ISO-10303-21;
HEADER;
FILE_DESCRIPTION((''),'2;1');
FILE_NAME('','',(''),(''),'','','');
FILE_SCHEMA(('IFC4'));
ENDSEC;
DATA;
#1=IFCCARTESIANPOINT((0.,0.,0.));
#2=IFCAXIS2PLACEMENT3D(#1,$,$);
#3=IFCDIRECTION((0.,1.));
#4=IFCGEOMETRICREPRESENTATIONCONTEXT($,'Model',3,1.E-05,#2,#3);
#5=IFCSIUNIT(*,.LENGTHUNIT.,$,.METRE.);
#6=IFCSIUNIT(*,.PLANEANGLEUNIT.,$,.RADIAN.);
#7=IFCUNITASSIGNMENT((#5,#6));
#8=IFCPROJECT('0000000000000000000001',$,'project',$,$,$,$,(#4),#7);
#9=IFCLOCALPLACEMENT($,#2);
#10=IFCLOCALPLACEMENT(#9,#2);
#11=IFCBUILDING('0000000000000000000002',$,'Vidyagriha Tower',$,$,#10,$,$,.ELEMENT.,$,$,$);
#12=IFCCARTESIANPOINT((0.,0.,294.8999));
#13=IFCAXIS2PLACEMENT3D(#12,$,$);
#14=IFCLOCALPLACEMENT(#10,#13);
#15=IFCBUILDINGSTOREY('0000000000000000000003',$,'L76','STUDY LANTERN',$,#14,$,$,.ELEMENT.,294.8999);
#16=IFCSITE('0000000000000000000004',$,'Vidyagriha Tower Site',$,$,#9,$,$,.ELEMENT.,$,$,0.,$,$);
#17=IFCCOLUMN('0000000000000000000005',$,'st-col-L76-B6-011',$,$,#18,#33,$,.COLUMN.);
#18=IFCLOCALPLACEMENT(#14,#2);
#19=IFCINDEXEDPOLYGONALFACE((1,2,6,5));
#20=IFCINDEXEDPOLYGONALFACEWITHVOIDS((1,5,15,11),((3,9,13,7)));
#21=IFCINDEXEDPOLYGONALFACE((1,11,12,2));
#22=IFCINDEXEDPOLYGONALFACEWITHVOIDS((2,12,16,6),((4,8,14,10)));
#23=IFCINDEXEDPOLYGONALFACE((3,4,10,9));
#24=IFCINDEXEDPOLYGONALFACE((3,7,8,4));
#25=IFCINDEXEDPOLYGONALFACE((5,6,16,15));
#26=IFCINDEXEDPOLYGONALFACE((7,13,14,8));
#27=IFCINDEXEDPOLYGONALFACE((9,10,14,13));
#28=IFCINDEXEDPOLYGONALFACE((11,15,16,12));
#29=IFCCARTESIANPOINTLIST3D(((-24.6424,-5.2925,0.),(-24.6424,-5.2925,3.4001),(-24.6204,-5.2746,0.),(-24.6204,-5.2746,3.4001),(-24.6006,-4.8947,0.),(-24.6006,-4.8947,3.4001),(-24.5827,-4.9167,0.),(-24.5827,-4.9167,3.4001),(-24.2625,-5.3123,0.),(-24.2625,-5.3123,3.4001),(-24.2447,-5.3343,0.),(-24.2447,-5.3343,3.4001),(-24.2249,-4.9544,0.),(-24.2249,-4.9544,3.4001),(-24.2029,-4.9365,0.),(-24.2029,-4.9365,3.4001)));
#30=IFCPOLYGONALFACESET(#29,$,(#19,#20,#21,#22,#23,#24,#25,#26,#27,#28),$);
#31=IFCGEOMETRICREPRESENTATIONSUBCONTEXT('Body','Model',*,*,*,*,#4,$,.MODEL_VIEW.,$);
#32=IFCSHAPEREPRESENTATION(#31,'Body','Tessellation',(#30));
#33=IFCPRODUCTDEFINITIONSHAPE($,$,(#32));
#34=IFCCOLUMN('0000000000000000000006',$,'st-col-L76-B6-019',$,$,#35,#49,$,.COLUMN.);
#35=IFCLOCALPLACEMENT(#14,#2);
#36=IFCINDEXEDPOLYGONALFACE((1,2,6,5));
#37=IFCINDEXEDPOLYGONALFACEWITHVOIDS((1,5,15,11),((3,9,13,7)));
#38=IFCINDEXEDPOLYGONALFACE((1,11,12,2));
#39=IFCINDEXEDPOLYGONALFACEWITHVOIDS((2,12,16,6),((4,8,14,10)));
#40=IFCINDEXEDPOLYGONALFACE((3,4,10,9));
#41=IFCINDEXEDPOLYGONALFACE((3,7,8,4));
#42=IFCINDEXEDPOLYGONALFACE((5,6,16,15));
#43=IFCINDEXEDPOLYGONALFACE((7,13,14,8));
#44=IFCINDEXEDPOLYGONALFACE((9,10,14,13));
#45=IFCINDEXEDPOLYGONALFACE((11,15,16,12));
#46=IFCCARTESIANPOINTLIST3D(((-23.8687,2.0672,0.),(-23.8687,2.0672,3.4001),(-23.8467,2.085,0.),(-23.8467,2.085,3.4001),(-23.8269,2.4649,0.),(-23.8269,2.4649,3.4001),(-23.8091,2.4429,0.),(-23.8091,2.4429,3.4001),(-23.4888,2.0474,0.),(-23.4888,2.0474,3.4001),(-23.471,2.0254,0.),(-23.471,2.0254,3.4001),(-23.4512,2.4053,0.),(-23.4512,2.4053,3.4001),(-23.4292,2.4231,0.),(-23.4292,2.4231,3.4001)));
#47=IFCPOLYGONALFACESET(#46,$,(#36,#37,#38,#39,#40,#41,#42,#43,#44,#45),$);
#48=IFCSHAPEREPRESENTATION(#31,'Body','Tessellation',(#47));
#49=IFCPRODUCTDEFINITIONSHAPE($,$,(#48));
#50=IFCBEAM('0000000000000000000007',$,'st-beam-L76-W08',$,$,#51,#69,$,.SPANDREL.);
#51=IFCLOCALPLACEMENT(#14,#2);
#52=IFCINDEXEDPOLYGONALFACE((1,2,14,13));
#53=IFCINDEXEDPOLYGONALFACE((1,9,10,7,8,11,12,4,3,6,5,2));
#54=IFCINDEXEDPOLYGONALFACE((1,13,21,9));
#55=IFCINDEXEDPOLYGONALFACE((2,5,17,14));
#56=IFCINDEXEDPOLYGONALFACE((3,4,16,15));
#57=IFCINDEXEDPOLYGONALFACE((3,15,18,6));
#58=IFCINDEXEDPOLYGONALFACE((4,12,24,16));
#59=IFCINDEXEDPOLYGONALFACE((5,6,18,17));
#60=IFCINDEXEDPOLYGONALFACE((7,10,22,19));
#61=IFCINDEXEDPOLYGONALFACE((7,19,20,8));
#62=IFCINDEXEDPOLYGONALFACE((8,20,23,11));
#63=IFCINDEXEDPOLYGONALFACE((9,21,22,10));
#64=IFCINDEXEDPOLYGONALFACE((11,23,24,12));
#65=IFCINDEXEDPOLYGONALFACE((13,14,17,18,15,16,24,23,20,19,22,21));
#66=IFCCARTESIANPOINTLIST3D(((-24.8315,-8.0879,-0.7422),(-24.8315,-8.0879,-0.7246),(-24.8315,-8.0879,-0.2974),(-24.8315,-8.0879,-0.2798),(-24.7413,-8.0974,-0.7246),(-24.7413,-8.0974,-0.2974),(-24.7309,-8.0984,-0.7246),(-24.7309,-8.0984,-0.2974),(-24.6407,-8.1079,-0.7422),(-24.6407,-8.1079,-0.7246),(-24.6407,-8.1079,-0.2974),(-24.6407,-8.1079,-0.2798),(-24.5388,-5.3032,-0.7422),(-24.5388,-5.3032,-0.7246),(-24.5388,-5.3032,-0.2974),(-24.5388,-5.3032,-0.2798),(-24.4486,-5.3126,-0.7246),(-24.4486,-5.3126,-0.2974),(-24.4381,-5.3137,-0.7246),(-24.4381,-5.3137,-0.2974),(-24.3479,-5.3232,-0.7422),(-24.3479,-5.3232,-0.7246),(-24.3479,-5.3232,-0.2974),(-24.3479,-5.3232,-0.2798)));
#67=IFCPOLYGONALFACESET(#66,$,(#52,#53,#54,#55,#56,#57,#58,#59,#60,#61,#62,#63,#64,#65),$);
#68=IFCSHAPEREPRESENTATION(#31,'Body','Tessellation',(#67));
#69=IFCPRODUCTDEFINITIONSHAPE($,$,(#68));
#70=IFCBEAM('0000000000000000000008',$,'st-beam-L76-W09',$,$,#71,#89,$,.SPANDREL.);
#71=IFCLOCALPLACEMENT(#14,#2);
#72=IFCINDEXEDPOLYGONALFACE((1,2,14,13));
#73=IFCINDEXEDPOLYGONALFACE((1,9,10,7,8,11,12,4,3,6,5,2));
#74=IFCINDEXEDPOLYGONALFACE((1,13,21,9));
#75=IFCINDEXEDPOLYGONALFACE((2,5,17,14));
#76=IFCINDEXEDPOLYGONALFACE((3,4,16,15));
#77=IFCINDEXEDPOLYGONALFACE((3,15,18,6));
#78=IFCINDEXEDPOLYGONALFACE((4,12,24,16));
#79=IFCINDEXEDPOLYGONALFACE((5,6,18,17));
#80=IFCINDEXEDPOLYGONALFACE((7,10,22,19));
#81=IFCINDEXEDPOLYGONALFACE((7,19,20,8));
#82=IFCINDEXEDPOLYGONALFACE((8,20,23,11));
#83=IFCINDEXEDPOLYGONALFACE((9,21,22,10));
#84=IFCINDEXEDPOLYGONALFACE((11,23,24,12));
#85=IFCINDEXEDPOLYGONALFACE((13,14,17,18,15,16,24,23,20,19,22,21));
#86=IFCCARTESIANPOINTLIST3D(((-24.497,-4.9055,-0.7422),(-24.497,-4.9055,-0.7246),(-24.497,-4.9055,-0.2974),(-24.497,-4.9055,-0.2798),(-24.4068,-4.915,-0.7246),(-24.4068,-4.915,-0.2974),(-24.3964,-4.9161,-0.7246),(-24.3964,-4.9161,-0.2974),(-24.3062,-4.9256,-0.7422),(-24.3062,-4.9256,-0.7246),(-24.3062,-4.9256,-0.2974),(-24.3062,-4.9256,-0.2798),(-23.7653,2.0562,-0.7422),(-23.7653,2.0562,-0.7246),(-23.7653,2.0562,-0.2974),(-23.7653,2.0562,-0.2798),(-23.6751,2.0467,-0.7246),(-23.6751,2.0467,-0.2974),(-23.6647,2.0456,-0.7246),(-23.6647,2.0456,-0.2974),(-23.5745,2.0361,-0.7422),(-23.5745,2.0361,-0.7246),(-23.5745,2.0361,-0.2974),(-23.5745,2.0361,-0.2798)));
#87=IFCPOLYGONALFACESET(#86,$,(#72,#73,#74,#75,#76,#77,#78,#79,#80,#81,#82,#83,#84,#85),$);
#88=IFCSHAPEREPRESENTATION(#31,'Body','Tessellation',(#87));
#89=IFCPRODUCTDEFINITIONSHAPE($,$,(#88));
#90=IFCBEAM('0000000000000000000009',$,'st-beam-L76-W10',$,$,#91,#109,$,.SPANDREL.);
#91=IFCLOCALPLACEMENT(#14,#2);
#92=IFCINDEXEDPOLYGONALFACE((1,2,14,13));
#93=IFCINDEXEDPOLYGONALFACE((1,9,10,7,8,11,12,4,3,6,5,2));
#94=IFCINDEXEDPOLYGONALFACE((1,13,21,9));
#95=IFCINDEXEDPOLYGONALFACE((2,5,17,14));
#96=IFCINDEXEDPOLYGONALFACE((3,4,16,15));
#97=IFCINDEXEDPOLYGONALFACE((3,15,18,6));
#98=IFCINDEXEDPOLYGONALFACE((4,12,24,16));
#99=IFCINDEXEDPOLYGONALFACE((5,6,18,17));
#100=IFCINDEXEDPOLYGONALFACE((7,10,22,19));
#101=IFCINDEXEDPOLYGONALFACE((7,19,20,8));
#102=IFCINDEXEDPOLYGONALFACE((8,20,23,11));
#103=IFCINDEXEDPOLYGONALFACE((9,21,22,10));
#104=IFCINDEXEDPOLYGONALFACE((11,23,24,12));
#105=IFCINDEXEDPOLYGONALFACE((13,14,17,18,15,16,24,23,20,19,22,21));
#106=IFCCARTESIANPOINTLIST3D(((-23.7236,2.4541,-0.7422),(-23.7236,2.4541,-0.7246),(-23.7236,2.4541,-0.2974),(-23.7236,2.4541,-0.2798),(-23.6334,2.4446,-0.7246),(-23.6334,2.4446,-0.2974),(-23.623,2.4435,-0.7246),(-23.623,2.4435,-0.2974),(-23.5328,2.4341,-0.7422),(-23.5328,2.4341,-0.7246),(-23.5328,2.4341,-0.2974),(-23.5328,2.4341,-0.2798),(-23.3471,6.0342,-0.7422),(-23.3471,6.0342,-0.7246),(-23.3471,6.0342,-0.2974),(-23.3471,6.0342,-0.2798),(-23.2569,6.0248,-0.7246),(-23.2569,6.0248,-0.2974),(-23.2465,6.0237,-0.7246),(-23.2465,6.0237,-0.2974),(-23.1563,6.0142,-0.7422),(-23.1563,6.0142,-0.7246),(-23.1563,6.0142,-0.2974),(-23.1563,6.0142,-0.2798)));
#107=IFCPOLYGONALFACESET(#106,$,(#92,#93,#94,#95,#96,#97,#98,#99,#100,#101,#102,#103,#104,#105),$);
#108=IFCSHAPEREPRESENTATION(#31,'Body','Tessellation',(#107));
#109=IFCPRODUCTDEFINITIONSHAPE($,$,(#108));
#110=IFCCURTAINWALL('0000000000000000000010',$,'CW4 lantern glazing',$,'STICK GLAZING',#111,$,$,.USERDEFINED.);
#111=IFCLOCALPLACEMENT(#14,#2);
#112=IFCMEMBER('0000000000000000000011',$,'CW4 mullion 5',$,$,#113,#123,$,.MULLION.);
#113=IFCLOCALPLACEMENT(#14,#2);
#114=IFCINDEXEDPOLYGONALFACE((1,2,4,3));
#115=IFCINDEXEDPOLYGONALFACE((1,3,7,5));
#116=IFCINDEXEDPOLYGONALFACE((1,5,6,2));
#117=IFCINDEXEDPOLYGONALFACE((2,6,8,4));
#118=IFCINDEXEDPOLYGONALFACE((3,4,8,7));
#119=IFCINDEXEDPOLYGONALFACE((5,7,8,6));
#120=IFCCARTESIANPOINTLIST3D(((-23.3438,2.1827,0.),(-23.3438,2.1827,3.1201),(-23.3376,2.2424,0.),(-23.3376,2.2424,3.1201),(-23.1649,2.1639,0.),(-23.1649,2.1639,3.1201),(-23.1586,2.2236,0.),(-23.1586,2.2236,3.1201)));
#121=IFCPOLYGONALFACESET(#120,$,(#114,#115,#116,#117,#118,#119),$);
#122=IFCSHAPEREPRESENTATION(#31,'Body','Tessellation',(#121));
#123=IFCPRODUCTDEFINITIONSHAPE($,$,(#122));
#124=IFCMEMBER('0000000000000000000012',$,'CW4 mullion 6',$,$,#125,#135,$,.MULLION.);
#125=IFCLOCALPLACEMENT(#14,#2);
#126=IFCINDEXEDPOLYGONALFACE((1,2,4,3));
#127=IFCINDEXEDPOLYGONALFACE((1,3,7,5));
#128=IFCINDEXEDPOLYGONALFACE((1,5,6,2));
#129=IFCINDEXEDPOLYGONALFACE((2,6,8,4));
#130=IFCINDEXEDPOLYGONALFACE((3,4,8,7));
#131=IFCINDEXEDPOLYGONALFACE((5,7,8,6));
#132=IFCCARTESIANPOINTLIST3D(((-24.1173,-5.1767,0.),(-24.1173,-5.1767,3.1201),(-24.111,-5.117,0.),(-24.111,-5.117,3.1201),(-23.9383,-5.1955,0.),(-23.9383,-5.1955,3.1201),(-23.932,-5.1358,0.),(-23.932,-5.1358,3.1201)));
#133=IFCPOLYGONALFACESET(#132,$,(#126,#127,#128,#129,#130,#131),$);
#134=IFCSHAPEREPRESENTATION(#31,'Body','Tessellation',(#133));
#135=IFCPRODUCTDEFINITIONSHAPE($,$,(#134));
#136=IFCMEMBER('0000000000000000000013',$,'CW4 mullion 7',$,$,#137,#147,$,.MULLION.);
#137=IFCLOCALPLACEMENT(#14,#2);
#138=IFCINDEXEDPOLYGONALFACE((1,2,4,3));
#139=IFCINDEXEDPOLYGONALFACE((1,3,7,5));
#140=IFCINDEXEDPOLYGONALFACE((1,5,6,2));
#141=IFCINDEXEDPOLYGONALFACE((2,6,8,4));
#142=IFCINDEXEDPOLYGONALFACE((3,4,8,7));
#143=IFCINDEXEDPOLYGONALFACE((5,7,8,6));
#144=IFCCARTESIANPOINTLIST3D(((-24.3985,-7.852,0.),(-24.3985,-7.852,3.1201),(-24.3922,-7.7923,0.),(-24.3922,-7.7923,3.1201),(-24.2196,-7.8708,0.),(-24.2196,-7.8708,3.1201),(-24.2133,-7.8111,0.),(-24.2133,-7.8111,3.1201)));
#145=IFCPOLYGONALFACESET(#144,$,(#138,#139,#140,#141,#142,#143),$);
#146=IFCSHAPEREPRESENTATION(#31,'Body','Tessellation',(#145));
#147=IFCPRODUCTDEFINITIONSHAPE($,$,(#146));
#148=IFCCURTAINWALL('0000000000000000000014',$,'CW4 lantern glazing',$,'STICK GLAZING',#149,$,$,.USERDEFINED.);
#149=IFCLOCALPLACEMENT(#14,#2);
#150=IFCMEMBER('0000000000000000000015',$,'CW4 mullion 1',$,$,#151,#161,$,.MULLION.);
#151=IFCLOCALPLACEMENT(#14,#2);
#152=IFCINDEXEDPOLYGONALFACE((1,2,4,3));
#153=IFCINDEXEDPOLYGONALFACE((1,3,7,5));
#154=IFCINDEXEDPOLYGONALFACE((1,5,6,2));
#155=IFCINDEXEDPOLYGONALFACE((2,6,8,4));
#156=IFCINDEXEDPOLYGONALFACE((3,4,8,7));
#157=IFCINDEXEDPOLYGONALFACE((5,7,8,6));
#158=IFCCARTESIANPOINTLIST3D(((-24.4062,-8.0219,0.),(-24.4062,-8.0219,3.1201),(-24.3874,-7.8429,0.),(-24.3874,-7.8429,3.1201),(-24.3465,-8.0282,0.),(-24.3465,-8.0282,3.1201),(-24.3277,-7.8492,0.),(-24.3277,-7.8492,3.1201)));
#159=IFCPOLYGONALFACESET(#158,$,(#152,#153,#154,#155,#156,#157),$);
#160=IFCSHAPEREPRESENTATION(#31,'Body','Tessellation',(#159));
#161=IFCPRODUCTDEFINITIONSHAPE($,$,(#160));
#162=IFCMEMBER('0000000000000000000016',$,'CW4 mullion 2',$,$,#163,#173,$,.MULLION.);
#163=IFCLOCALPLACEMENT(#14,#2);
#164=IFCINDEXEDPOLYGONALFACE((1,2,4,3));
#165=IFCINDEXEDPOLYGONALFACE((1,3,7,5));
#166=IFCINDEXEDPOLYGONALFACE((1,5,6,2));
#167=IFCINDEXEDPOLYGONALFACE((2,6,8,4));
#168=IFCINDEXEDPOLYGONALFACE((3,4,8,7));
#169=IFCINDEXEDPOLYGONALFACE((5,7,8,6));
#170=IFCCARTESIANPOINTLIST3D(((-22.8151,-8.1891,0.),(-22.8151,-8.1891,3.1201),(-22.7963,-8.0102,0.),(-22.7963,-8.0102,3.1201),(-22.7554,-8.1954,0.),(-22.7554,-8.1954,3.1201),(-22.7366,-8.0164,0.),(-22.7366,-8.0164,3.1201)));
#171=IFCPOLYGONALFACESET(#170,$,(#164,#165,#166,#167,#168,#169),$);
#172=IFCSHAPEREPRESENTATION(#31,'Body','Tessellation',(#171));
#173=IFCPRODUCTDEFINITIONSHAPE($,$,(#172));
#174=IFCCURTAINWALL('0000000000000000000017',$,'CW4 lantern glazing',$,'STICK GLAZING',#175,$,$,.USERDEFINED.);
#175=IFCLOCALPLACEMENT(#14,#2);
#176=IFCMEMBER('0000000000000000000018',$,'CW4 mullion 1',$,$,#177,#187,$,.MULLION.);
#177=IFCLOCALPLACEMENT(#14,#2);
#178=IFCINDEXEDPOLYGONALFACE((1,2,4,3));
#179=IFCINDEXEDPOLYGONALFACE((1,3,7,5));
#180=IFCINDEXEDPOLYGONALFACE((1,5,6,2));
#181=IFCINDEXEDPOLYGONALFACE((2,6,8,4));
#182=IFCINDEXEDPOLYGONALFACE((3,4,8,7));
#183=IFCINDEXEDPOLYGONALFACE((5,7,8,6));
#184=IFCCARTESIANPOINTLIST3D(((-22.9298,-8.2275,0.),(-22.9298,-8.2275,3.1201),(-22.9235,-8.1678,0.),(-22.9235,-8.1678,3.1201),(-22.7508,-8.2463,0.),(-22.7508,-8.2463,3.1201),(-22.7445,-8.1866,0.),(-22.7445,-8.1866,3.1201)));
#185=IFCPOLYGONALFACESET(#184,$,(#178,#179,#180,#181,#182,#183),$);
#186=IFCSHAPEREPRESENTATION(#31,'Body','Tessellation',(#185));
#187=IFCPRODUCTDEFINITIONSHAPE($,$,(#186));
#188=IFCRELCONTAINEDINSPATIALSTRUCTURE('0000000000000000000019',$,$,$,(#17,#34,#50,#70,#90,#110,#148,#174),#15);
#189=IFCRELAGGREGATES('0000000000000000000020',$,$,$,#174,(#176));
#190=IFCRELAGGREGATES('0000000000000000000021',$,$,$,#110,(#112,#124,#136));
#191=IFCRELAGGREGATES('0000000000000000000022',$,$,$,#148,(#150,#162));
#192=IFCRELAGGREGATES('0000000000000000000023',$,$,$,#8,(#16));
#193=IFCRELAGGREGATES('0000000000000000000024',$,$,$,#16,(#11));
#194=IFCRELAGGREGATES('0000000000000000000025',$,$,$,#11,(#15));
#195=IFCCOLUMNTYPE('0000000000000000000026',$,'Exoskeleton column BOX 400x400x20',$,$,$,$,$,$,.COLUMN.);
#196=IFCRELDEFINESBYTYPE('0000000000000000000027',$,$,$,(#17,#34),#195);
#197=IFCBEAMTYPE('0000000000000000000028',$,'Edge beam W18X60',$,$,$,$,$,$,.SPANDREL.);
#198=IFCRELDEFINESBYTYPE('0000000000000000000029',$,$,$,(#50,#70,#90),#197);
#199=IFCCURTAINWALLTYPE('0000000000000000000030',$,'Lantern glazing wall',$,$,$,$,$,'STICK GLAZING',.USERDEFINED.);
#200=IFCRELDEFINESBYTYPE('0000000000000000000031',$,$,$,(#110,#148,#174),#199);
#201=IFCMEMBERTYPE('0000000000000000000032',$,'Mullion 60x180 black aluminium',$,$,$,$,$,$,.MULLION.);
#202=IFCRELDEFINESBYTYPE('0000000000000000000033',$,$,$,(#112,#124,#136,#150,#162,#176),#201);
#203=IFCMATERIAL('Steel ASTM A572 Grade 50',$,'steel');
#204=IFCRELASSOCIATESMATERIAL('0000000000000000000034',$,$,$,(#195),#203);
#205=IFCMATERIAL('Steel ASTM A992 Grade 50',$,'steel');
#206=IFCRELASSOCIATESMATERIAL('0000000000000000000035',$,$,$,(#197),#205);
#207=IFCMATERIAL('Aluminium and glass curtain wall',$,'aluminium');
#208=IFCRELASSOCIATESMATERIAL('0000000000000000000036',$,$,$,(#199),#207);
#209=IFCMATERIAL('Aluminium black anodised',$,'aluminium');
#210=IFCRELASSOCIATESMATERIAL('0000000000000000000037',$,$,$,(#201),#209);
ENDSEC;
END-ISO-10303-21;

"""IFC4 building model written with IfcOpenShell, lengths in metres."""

from ifc_helpers import new_model, si_unit, direction, frame, origin, origin_2d, place, context, subcontext, project, spatial, rectangle, hollow_rectangle, i_section, extrude, material, material_profile, profile_set, type_object, element, aggregate, save


model = new_model("IFC4")

# Units and contexts
model_context = context("Model", 3, precision=1e-05, world=origin(), true_north=direction((0.0, 1.0)))
body_context = subcontext(model_context, "Body", "Model", "MODEL_VIEW")
ifc_project = project(units=[si_unit("LENGTHUNIT", "METRE"), si_unit("PLANEANGLEUNIT", "RADIAN")], contexts=[model_context])

# Site, building, storey
site_placement = place(None, origin())
site = spatial("IfcSite", under=ifc_project, at=site_placement, Name="Vidyagriha Tower Site", CompositionType="ELEMENT", RefElevation=0.0)
building_placement = place(site_placement, origin())
building = spatial("IfcBuilding", under=site, at=building_placement, Name="Vidyagriha Tower", CompositionType="ELEMENT")
storey_placement = place(building_placement, frame((0.0, 0.0, 294.8999)))
storey = spatial("IfcBuildingStorey", under=building, at=storey_placement, Name="L76", Description="STUDY LANTERN", CompositionType="ELEMENT", Elevation=294.8999)

# Columns
ifc_material_1 = material(Name="Steel ASTM A572 Grade 50", Category="steel")
ifc_material_profile_1 = material_profile(ifc_material_1, hollow_rectangle(XDim=0.3999, YDim=0.3999, WallThickness=0.02, at=origin_2d()), Name="BOX 400x400x20")
ifc_profile_set_1 = profile_set([ifc_material_profile_1], Name="Steel ASTM A572 Grade 50")
column_type = type_object("IfcColumnType", Name="Exoskeleton column BOX 400x400x20", PredefinedType="COLUMN", material=ifc_profile_set_1)
for number, where, z_axis, x_axis, name in (
    (1, (-24.4226, -5.1145, 0.0), (0.0, 0.0, 1.0), (0.994522, -0.104528, 0.0), "st-col-L76-B6-011"),
    (2, (-23.6489, 2.2451, 0.0), (0.0, 0.0, 1.0), (0.994522, -0.104528, 0.0), "st-col-L76-B6-019"),
):
    element("IfcColumn", number, at=place(storey_placement, frame(where, z_axis=z_axis, x_axis=x_axis)), inside=storey, type_object=column_type, Name=name, PredefinedType="COLUMN", context=body_context, shape_type="SweptSolid", body=[
        extrude(hollow_rectangle(XDim=0.3999, YDim=0.3999, WallThickness=0.02, at=origin_2d()), origin(), (0.0, 0.0, 1.0), 3.4001),
    ])

# Beams
ifc_material_2 = material(Name="Steel ASTM A992 Grade 50", Category="steel")
ifc_material_profile_2 = material_profile(ifc_material_2, i_section(OverallWidth=0.1919, OverallDepth=0.4624, WebThickness=0.0105, FlangeThickness=0.0176, at=origin_2d()), Name="W18X60")
ifc_profile_set_2 = profile_set([ifc_material_profile_2], Name="Steel ASTM A992 Grade 50")
beam_type = type_object("IfcBeamType", Name="Edge beam W18X60", PredefinedType="SPANDREL", material=ifc_profile_set_2)
beam_1_placement = place(storey_placement, frame((-24.7361, -8.0979, -0.511), z_axis=(0.104544, 0.99452, 0.0), x_axis=(-0.99452, 0.104544, 0.0)))
element("IfcBeam", 3, at=beam_1_placement, inside=storey, type_object=beam_type, Name="st-beam-L76-W08", PredefinedType="SPANDREL", context=body_context, shape_type="SweptSolid", body=[
    extrude(i_section(OverallWidth=0.1919, OverallDepth=0.4624, WebThickness=0.0105, FlangeThickness=0.0176, at=origin_2d()), origin(), (0.0, 0.0, 1.0), 2.8),
])
beam_2_placement = place(storey_placement, frame((-24.4016, -4.9155, -0.511), z_axis=(0.104527, 0.994522, 0.0), x_axis=(-0.994522, 0.104527, 0.0)))
element("IfcBeam", 4, at=beam_2_placement, inside=storey, type_object=beam_type, Name="st-beam-L76-W09", PredefinedType="SPANDREL", context=body_context, shape_type="SweptSolid", body=[
    extrude(i_section(OverallWidth=0.1919, OverallDepth=0.4624, WebThickness=0.0105, FlangeThickness=0.0176, at=origin_2d()), origin(), (0.0, 0.0, 1.0), 7.0),
])
beam_3_placement = place(storey_placement, frame((-23.6282, 2.4441, -0.511), z_axis=(0.104579, 0.994517, 0.0), x_axis=(-0.994517, 0.104579, 0.0)))
element("IfcBeam", 5, at=beam_3_placement, inside=storey, type_object=beam_type, Name="st-beam-L76-W10", PredefinedType="SPANDREL", context=body_context, shape_type="SweptSolid", body=[
    extrude(i_section(OverallWidth=0.1919, OverallDepth=0.4624, WebThickness=0.0105, FlangeThickness=0.0176, at=origin_2d()), origin(), (0.0, 0.0, 1.0), 3.5999),
])

# Curtain walls, members
ifc_material_3 = material(Name="Aluminium and glass curtain wall", Category="aluminium")
curtain_wall_type = type_object("IfcCurtainWallType", Name="Lantern glazing wall", ElementType="STICK GLAZING", PredefinedType="USERDEFINED", material=ifc_material_3)
curtain_wall_1_placement = place(storey_placement, origin())
curtain_wall_1 = element("IfcCurtainWall", 6, at=curtain_wall_1_placement, inside=storey, type_object=curtain_wall_type, Name="CW4 lantern glazing", ObjectType="STICK GLAZING", PredefinedType="USERDEFINED")
ifc_material_4 = material(Name="Aluminium black anodised", Category="aluminium")
ifc_material_profile_3 = material_profile(ifc_material_4, rectangle(XDim=0.1799, YDim=0.0601, at=origin_2d()), Name="Mullion 60x180 black aluminium")
ifc_profile_set_3 = profile_set([ifc_material_profile_3], Name="Aluminium black anodised")
member_type_1 = type_object("IfcMemberType", Name="Mullion 60x180 black aluminium", PredefinedType="MULLION", material=ifc_profile_set_3)
member_1_placement = place(storey_placement, frame((-23.2512, 2.2031, 0.0), z_axis=(0.0, 0.0, 1.0), x_axis=(0.994522, -0.104527, 0.0)))
member_1 = element("IfcMember", 7, at=member_1_placement, type_object=member_type_1, Name="CW4 mullion 5", PredefinedType="MULLION", context=body_context, shape_type="SweptSolid", body=[
    extrude(rectangle(XDim=0.1799, YDim=0.0601, at=origin_2d()), origin(), (0.0, 0.0, 1.0), 3.1201),
])
member_2_placement = place(storey_placement, frame((-24.0247, -5.1562, 0.0), z_axis=(0.0, 0.0, 1.0), x_axis=(0.994522, -0.104527, 0.0)))
member_2 = element("IfcMember", 8, at=member_2_placement, type_object=member_type_1, Name="CW4 mullion 6", PredefinedType="MULLION", context=body_context, shape_type="SweptSolid", body=[
    extrude(rectangle(XDim=0.1799, YDim=0.0601, at=origin_2d()), origin(), (0.0, 0.0, 1.0), 3.1201),
])
member_3_placement = place(storey_placement, frame((-24.3059, -7.8315, 0.0), z_axis=(0.0, 0.0, 1.0), x_axis=(0.994522, -0.104527, 0.0)))
member_3 = element("IfcMember", 9, at=member_3_placement, type_object=member_type_1, Name="CW4 mullion 7", PredefinedType="MULLION", context=body_context, shape_type="SweptSolid", body=[
    extrude(rectangle(XDim=0.1799, YDim=0.0601, at=origin_2d()), origin(), (0.0, 0.0, 1.0), 3.1201),
])
curtain_wall_2_placement = place(storey_placement, origin())
curtain_wall_2 = element("IfcCurtainWall", 10, at=curtain_wall_2_placement, inside=storey, type_object=curtain_wall_type, Name="CW4 lantern glazing", ObjectType="STICK GLAZING", PredefinedType="USERDEFINED")
member_4_placement = place(storey_placement, frame((-24.3669, -7.9355, 0.0), z_axis=(0.0, 0.0, 1.0), x_axis=(0.104519, 0.994523, 0.0)))
member_4 = element("IfcMember", 11, at=member_4_placement, type_object=member_type_1, Name="CW4 mullion 1", PredefinedType="MULLION", context=body_context, shape_type="SweptSolid", body=[
    extrude(rectangle(XDim=0.1799, YDim=0.0601, at=origin_2d()), origin(), (0.0, 0.0, 1.0), 3.1201),
])
member_5_placement = place(storey_placement, frame((-22.7759, -8.1028, 0.0), z_axis=(0.0, 0.0, 1.0), x_axis=(0.104519, 0.994523, 0.0)))
member_5 = element("IfcMember", 12, at=member_5_placement, type_object=member_type_1, Name="CW4 mullion 2", PredefinedType="MULLION", context=body_context, shape_type="SweptSolid", body=[
    extrude(rectangle(XDim=0.1799, YDim=0.0601, at=origin_2d()), origin(), (0.0, 0.0, 1.0), 3.1201),
])

# Curtain wall, member
curtain_wall_3_placement = place(storey_placement, origin())
curtain_wall_3 = element("IfcCurtainWall", 13, at=curtain_wall_3_placement, inside=storey, type_object=curtain_wall_type, Name="CW4 lantern glazing", ObjectType="STICK GLAZING", PredefinedType="USERDEFINED")
member_6_placement = place(storey_placement, frame((-22.8372, -8.207, 0.0), z_axis=(0.0, 0.0, 1.0), x_axis=(0.994519, -0.104557, 0.0)))
member_6 = element("IfcMember", 14, at=member_6_placement, type_object=member_type_1, Name="CW4 mullion 1", PredefinedType="MULLION", context=body_context, shape_type="SweptSolid", body=[
    extrude(rectangle(XDim=0.1799, YDim=0.0601, at=origin_2d()), origin(), (0.0, 0.0, 1.0), 3.1201),
])
aggregate(curtain_wall_3, [member_6])

aggregate(curtain_wall_1, [member_1, member_2, member_3])
aggregate(curtain_wall_2, [member_4, member_5])

save(model, "model.ifc")
